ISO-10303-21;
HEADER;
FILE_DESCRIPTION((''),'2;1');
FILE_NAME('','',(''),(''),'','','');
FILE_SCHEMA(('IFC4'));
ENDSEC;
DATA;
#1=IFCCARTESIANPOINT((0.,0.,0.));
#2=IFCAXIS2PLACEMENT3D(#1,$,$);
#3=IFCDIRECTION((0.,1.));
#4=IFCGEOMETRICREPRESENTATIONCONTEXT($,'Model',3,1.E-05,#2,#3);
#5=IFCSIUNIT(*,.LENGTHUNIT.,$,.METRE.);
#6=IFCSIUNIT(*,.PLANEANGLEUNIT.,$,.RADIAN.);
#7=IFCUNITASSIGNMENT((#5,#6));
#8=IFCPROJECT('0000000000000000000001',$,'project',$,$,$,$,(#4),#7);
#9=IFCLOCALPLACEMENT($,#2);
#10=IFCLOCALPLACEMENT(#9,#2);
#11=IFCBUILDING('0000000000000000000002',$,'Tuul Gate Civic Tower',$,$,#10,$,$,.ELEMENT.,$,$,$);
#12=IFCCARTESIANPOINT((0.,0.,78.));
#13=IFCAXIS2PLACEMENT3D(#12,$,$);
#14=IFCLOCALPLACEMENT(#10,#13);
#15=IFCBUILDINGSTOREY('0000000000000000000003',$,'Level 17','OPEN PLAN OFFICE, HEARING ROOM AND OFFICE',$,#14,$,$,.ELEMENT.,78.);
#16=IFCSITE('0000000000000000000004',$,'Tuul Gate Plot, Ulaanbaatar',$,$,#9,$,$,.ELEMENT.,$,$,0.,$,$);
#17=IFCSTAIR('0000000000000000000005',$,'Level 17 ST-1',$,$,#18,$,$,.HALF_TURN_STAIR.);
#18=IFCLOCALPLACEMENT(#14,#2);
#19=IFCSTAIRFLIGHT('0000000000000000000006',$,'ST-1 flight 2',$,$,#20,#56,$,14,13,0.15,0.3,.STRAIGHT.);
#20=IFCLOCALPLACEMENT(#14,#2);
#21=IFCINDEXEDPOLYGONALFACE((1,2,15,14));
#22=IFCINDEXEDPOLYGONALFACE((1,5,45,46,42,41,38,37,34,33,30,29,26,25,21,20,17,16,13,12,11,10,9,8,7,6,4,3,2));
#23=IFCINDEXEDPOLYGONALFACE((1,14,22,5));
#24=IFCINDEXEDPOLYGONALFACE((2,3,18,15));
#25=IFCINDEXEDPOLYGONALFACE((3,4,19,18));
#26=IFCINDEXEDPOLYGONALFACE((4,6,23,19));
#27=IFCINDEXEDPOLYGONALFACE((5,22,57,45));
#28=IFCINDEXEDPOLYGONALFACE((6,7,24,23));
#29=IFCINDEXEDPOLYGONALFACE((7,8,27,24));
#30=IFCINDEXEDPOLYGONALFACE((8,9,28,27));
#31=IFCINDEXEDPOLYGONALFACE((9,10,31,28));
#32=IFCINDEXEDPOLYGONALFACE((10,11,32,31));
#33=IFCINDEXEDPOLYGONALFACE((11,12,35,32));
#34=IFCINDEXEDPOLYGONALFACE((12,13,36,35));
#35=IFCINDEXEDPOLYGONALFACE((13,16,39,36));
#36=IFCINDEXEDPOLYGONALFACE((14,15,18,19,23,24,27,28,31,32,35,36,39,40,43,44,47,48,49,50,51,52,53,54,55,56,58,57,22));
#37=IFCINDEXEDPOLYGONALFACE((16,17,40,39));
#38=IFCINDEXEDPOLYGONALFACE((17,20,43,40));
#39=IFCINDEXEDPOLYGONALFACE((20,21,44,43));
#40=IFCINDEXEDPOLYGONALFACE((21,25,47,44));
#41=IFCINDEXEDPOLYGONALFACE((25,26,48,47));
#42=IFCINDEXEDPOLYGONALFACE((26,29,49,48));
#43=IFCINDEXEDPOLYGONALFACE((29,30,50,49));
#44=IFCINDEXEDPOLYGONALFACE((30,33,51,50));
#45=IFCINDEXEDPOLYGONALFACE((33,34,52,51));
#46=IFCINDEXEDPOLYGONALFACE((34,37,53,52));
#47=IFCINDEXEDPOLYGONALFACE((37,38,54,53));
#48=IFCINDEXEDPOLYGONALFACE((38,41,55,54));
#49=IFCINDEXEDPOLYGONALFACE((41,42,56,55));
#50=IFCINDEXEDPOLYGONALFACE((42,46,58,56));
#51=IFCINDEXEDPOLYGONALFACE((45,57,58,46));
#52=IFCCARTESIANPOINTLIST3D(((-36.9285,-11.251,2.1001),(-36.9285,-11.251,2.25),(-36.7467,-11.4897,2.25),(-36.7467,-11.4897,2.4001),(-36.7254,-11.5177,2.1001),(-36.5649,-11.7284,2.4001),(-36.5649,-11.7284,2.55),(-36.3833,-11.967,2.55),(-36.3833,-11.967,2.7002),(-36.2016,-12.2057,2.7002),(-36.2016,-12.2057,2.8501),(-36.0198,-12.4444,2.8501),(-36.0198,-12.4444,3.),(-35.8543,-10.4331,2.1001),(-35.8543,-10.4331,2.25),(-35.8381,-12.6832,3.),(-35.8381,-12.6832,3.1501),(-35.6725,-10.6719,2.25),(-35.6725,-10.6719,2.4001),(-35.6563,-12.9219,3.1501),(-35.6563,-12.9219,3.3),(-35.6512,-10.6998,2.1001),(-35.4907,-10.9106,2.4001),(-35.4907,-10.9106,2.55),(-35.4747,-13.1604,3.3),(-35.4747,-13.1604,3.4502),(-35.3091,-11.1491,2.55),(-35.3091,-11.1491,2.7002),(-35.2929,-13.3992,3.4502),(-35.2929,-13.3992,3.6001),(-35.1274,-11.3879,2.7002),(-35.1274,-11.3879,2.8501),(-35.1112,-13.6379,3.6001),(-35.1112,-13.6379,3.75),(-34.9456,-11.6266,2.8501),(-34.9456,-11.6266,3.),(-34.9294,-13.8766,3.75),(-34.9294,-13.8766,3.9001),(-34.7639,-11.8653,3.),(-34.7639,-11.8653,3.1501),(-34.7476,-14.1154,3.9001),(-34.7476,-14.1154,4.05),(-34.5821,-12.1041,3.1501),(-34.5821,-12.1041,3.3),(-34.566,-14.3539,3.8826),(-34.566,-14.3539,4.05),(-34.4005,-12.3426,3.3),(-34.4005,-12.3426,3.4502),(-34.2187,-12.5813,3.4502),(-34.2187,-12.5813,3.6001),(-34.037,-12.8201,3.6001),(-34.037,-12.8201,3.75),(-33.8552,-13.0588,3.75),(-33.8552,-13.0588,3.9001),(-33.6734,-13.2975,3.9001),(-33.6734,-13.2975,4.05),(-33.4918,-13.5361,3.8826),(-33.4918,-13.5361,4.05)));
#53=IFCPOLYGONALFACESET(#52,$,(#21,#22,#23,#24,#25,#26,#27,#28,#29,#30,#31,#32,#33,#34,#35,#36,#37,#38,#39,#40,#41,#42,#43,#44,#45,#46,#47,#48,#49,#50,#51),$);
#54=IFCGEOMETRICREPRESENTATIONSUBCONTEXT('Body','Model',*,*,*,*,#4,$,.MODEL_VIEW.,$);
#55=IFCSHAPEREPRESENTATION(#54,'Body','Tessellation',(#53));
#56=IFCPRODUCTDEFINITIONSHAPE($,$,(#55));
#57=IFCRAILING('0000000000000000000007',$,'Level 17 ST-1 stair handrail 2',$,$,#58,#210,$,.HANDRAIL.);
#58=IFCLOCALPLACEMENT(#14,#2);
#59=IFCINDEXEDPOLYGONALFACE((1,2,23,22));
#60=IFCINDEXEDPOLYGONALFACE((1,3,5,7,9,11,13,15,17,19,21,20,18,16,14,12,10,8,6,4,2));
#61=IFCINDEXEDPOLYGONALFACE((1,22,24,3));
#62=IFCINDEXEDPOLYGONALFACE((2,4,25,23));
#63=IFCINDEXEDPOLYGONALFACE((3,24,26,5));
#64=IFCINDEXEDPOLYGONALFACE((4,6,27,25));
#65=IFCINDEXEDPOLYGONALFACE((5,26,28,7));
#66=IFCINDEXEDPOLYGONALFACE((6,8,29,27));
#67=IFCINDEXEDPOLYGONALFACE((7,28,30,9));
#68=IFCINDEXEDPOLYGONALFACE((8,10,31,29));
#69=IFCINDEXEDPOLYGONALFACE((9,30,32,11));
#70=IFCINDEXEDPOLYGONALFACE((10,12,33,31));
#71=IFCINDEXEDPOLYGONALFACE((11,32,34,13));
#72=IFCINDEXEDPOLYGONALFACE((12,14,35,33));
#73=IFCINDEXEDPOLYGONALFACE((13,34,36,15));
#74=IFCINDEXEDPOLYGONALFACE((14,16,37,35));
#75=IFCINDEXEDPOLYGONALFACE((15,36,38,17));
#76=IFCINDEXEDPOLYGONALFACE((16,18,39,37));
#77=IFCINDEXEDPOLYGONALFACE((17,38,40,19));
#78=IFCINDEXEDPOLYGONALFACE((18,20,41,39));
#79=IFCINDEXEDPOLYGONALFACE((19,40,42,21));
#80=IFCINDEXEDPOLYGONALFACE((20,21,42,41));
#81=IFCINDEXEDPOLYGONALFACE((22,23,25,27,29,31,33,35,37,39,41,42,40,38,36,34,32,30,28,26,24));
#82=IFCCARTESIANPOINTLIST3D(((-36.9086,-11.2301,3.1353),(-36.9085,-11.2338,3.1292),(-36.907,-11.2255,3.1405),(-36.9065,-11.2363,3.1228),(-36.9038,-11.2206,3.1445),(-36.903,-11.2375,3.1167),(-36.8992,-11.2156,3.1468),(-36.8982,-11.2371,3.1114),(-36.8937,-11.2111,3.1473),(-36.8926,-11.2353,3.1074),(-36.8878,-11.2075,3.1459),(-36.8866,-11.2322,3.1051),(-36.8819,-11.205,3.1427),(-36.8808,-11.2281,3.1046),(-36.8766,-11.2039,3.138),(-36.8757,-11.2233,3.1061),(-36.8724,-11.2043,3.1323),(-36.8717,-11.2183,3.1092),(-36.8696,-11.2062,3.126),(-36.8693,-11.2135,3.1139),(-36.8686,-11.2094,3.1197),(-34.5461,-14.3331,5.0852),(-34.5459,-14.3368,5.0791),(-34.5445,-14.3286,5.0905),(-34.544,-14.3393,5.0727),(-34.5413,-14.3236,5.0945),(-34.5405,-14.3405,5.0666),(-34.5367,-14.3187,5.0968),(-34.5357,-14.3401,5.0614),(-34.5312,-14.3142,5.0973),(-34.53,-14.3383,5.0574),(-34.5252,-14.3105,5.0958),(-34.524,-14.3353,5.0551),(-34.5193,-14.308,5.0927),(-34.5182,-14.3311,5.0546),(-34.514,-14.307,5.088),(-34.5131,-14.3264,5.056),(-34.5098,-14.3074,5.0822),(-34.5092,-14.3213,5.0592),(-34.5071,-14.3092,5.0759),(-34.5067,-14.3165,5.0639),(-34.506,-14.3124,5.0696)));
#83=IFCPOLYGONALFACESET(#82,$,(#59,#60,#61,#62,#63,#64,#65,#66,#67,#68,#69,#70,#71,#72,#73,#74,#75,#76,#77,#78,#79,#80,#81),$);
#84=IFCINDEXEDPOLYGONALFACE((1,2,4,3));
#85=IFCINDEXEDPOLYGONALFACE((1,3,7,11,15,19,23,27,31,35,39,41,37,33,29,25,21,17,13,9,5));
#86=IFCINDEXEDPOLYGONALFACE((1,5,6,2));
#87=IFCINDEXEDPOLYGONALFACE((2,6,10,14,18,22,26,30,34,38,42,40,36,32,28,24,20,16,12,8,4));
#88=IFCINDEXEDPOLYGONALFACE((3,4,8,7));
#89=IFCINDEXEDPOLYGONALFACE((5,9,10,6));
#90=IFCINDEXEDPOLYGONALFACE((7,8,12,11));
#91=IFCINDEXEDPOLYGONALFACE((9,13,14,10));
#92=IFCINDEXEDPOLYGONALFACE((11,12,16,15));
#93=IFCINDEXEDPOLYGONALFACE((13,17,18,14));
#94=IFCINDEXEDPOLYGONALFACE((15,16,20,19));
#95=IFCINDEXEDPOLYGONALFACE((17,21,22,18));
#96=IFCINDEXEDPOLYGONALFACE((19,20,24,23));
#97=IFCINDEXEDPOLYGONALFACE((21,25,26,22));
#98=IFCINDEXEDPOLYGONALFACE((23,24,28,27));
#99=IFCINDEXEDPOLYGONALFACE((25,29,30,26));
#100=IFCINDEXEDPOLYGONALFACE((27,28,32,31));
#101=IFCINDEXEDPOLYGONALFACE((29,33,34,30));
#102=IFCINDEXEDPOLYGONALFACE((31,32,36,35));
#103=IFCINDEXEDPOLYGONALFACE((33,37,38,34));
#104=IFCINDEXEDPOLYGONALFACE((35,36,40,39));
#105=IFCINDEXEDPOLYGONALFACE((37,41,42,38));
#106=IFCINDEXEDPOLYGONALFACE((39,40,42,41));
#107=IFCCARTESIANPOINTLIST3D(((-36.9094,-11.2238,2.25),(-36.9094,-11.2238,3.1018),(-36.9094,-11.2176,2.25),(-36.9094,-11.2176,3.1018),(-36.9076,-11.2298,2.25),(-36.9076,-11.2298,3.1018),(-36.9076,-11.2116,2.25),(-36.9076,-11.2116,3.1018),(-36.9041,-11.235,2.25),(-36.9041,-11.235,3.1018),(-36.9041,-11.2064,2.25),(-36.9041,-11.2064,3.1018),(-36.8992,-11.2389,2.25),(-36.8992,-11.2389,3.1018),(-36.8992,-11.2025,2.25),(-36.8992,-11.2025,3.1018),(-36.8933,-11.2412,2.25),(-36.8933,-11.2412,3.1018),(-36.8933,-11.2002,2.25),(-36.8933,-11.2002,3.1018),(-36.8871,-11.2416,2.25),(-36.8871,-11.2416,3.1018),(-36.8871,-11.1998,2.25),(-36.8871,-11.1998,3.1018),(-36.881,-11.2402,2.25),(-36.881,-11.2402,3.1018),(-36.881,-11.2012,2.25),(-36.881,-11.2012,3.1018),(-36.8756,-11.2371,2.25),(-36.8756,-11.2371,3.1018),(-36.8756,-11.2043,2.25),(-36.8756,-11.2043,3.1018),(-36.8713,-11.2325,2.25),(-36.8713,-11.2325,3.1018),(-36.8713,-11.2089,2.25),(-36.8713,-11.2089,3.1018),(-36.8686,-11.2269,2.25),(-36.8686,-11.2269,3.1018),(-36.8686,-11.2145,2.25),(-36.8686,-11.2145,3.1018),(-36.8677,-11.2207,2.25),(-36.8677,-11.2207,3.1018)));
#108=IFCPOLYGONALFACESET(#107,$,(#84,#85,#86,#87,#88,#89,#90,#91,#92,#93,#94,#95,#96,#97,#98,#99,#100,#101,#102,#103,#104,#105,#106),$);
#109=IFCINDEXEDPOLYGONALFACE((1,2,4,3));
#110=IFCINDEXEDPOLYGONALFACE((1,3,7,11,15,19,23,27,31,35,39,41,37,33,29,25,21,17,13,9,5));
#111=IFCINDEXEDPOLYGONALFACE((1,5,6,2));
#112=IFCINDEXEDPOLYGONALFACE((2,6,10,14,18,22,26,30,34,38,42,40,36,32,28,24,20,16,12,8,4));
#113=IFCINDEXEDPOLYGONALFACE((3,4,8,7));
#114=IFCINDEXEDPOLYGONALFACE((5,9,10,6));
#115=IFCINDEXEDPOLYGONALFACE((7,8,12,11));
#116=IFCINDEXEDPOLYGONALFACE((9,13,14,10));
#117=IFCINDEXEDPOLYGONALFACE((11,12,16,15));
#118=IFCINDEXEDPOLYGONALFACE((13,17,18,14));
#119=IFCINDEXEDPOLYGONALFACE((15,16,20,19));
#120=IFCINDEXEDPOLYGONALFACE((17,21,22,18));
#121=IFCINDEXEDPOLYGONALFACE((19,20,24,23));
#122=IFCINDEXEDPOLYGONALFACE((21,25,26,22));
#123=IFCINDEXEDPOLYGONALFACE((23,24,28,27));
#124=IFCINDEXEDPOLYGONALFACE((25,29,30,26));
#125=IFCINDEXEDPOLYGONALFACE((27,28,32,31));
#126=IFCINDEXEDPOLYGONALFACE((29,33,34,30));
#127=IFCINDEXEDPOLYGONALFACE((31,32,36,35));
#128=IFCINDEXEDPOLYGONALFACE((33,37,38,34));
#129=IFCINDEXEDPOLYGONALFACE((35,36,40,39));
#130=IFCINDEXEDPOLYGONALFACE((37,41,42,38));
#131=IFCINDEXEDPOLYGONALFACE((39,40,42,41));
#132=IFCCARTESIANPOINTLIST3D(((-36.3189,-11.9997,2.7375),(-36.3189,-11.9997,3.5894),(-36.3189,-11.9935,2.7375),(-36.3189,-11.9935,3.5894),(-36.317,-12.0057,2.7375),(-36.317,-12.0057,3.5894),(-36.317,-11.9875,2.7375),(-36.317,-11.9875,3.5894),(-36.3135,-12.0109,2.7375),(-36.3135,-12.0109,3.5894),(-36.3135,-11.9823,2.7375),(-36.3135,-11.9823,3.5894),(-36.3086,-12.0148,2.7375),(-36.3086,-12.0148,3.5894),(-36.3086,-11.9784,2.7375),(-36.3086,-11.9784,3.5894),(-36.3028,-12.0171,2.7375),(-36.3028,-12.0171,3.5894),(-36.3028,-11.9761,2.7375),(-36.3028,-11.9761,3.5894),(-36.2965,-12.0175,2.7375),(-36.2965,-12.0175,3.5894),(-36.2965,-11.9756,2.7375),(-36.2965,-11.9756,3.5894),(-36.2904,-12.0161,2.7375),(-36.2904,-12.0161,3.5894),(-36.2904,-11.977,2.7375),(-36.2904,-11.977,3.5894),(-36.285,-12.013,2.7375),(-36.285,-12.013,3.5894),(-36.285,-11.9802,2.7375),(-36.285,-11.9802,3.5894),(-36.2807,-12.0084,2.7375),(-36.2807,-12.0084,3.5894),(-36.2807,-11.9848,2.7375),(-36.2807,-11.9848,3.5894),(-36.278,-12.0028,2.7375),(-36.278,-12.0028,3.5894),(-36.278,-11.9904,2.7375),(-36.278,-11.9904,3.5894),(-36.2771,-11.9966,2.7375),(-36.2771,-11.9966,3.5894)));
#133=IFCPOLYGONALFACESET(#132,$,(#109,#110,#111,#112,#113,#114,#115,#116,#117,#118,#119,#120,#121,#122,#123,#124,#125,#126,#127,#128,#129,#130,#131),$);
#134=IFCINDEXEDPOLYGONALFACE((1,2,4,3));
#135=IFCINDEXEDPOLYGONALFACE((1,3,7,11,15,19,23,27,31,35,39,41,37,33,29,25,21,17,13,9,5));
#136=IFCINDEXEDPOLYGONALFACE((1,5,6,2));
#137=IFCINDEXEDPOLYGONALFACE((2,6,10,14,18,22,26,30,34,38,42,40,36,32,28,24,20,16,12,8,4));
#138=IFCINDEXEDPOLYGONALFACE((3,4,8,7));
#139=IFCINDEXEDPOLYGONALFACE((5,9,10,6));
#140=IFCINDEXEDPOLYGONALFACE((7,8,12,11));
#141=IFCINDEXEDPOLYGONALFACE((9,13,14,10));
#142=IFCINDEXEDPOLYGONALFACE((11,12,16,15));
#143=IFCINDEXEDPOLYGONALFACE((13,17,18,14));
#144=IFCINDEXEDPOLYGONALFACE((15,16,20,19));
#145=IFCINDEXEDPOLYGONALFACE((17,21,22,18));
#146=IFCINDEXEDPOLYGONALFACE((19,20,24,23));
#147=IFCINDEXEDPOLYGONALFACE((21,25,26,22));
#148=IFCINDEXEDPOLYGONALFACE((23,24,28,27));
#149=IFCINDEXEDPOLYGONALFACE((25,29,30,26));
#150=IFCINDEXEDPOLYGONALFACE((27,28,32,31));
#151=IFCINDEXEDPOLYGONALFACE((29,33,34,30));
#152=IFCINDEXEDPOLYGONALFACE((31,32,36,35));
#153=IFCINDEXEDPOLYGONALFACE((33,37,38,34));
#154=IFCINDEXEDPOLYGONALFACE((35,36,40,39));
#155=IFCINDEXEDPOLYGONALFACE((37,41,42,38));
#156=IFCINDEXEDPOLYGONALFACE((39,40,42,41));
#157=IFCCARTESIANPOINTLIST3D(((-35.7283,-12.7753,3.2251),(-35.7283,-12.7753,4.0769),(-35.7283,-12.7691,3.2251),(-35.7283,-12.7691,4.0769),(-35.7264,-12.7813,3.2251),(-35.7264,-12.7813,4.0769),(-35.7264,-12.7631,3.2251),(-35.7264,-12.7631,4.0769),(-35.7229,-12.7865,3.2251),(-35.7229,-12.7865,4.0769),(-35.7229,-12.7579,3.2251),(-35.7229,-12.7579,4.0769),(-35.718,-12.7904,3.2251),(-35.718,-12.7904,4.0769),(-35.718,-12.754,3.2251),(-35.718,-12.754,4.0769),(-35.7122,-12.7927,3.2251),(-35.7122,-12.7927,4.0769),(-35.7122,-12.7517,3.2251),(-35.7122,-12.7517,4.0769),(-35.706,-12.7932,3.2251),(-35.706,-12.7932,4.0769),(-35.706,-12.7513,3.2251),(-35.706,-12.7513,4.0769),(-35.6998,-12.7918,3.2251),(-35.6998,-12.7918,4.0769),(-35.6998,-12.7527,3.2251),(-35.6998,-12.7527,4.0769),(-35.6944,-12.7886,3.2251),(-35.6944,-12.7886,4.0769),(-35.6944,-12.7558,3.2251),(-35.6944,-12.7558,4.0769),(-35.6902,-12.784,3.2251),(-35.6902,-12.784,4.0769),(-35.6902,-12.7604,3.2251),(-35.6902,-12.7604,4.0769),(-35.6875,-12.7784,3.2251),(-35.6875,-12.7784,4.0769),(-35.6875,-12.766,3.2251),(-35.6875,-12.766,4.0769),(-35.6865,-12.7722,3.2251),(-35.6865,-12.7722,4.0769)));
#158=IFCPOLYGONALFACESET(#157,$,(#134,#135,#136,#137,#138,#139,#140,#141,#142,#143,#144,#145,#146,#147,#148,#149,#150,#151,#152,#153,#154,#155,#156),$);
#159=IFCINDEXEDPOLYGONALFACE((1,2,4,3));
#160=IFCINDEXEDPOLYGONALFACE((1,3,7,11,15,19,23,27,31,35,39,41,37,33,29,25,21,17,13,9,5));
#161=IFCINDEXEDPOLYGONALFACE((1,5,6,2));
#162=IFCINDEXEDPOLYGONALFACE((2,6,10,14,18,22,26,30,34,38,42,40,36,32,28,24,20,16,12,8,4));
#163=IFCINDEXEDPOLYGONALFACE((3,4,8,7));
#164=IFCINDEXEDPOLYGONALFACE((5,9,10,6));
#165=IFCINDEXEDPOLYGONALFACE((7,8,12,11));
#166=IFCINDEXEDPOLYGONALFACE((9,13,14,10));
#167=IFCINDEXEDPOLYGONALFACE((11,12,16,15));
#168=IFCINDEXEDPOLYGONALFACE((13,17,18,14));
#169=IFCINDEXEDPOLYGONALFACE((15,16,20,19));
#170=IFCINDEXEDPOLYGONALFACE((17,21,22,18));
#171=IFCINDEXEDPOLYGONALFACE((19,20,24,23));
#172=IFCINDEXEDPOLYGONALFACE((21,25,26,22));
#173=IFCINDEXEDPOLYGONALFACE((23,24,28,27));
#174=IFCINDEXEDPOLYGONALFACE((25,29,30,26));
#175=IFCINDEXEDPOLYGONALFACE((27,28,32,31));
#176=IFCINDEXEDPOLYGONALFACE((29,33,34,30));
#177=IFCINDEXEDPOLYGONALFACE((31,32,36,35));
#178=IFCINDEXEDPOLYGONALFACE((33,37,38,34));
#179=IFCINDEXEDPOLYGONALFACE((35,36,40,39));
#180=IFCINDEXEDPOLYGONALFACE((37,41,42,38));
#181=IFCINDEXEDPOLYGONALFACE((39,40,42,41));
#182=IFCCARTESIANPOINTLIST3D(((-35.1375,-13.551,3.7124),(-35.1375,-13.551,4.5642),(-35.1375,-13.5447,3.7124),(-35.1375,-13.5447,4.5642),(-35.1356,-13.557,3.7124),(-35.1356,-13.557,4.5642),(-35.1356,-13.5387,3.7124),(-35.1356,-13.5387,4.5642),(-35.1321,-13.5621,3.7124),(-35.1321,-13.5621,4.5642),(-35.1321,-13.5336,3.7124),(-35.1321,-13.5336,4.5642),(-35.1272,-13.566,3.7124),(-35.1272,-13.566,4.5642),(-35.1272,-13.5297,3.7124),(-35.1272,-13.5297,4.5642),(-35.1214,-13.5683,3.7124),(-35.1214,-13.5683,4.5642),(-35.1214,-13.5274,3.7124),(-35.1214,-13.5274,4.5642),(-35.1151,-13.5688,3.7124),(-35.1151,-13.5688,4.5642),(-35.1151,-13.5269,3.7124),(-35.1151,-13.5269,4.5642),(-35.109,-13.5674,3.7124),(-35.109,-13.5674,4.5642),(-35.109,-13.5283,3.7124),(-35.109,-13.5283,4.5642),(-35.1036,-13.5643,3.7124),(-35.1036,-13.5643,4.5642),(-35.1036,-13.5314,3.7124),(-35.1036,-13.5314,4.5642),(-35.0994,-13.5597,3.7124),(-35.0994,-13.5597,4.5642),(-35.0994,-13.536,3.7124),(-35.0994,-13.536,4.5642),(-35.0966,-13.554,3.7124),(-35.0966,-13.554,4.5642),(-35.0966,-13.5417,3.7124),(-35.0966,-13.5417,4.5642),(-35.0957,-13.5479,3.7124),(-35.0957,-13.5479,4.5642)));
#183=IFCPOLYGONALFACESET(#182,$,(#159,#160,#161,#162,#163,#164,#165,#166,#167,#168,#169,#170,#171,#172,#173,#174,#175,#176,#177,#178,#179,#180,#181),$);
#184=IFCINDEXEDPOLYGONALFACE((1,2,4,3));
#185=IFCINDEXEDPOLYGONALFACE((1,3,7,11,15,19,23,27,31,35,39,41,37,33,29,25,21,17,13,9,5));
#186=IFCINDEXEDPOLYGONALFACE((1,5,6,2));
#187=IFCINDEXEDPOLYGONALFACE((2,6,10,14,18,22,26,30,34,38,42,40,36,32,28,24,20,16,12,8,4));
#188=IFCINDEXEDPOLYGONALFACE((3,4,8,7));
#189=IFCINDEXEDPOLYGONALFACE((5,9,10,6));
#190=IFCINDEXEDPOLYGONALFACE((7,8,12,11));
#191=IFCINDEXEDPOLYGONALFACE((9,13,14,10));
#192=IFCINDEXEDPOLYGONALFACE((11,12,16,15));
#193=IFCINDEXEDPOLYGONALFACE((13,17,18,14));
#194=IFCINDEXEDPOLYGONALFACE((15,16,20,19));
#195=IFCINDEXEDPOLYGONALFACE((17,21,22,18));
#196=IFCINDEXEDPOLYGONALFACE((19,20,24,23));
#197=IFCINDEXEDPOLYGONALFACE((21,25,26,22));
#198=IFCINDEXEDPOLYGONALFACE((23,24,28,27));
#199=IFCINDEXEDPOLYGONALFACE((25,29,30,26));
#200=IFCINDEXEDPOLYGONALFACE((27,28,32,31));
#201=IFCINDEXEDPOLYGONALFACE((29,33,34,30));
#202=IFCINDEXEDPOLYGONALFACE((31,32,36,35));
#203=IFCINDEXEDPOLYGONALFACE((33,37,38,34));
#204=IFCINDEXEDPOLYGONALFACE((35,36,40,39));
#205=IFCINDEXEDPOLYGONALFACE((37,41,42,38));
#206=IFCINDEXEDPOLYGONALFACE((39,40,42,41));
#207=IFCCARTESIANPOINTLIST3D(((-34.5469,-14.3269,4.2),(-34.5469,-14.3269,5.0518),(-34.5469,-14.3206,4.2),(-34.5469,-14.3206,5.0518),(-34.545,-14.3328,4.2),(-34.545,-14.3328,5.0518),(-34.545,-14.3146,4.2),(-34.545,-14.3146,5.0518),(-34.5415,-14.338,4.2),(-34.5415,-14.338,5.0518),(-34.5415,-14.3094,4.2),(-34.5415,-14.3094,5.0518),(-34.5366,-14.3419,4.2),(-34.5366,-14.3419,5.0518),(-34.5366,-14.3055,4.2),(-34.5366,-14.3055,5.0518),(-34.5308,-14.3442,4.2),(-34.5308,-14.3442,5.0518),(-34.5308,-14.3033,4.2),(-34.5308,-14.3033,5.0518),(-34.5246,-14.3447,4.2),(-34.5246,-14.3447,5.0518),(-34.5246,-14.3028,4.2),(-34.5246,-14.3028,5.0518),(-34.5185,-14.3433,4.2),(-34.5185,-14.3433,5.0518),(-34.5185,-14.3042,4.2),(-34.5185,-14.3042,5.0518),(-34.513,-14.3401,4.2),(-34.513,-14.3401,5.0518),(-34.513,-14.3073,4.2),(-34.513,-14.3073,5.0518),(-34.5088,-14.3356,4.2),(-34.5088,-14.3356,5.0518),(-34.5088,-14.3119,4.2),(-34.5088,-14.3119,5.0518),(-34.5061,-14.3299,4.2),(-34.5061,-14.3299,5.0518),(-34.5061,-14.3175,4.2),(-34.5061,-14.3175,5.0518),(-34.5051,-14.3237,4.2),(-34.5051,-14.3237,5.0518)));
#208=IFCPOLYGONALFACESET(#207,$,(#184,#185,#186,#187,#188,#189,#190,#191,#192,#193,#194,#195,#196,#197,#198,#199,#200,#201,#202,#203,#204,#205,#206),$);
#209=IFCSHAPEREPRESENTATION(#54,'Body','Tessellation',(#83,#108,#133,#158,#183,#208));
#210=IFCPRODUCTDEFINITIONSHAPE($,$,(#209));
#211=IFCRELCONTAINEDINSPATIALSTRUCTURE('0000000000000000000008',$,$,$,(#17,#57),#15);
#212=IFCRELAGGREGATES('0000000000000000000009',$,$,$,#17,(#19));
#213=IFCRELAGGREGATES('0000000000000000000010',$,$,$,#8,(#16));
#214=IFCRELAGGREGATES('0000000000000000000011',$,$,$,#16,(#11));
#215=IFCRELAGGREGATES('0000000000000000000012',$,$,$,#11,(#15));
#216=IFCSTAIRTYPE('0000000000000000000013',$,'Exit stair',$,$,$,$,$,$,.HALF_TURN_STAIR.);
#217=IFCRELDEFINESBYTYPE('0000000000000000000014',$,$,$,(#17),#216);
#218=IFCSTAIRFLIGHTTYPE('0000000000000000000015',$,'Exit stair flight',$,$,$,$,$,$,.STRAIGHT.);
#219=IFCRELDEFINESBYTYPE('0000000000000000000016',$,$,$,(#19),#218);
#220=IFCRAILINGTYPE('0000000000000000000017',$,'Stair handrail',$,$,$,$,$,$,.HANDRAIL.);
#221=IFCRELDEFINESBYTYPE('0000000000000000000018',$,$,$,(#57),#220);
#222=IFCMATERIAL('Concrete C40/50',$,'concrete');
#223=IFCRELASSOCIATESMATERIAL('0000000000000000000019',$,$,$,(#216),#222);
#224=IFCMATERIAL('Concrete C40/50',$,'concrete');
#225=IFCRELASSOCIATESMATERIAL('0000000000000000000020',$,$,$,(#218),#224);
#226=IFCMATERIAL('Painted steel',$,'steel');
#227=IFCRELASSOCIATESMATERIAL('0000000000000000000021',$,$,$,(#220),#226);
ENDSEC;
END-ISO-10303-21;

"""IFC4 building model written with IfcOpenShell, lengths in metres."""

from ifc_helpers import new_model, si_unit, direction, frame, origin, origin_2d, place, context, subcontext, project, spatial, polyline, circle, outline, extrude, material, type_object, element, aggregate, save


model = new_model("IFC4")

# Units and contexts
model_context = context("Model", 3, precision=1e-05, world=origin(), true_north=direction((0.0, 1.0)))
body_context = subcontext(model_context, "Body", "Model", "MODEL_VIEW")
ifc_project = project(units=[si_unit("LENGTHUNIT", "METRE"), si_unit("PLANEANGLEUNIT", "RADIAN")], contexts=[model_context])

# Site, building, storey
site_placement = place(None, origin())
site = spatial("IfcSite", under=ifc_project, at=site_placement, Name="Tuul Gate Plot, Ulaanbaatar", CompositionType="ELEMENT", RefElevation=0.0)
building_placement = place(site_placement, origin())
building = spatial("IfcBuilding", under=site, at=building_placement, Name="Tuul Gate Civic Tower", CompositionType="ELEMENT")
storey_placement = place(building_placement, frame((0.0, 0.0, 78.0)))
storey = spatial("IfcBuildingStorey", under=building, at=storey_placement, Name="Level 17", Description="OPEN PLAN OFFICE, HEARING ROOM AND OFFICE", CompositionType="ELEMENT", Elevation=78.0)

# Stair, stair flight
ifc_material_1 = material(Name="Concrete C40/50", Category="concrete")
stair_type = type_object("IfcStairType", Name="Exit stair", PredefinedType="HALF_TURN_STAIR", material=ifc_material_1)
stair_placement = place(storey_placement, origin())
stair = element("IfcStair", 1, at=stair_placement, inside=storey, type_object=stair_type, Name="Level 17 ST-1", PredefinedType="HALF_TURN_STAIR")
ifc_material_2 = material(Name="Concrete C40/50", Category="concrete")
stair_flight_type = type_object("IfcStairFlightType", Name="Exit stair flight", PredefinedType="STRAIGHT", material=ifc_material_2)
stair_flight_placement = place(storey_placement, frame((-36.3914, -10.842, 2.1001), z_axis=(0.0, 0.0, 1.0), x_axis=(0.605764, -0.795644, 0.0)))
stair_flight = element("IfcStairFlight", 2, at=stair_flight_placement, type_object=stair_flight_type, Name="ST-1 flight 2", NumberOfRisers=14, NumberOfTreads=13, PredefinedType="STRAIGHT", RiserHeight=0.15, TreadLength=0.3, context=body_context, shape_type="SweptSolid", body=[
    extrude(outline(polyline([(0.0, 0.0), (0.0, 0.1499), (0.3, 0.1499), (0.3, 0.3), (0.6001, 0.3), (0.6001, 0.45), (0.8999, 0.45), (0.8999, 0.6001), (1.2, 0.6001), (1.2, 0.75), (1.5, 0.75), (1.5, 0.8999), (1.8, 0.8999), (1.8, 1.05), (2.1001, 1.05), (2.1001, 1.2), (2.3999, 1.2), (2.3999, 1.3501), (2.7, 1.3501), (2.7, 1.5), (3.0, 1.5), (3.0, 1.6499), (3.3, 1.6499), (3.3, 1.8), (3.6001, 1.8), (3.6001, 1.95), (3.8999, 1.95), (3.8999, 2.1001), (3.8999, 1.7825), (0.3352, 0.0), (0.0, 0.0)])), frame((0.0, 0.675, 0.0), z_axis=(0.0, -1.0, 0.0), x_axis=(1.0, 0.0, 0.0)), (0.0, 0.0, 1.0), 1.3501),
])
aggregate(stair, [stair_flight])

# Railing
ifc_material_3 = material(Name="Painted steel", Category="steel")
railing_type = type_object("IfcRailingType", Name="Stair handrail", PredefinedType="HANDRAIL", material=ifc_material_3)
railing_placement = place(storey_placement, frame((-36.8887, -11.2207, 2.25)))
element("IfcRailing", 3, at=railing_placement, inside=storey, type_object=railing_type, Name="Level 17 ST-1 stair handrail 2", PredefinedType="HANDRAIL", context=body_context, shape_type="SweptSolid", body=[
    extrude(circle(Radius=0.0239, at=origin_2d()), frame((0.0, 0.0, 0.876), z_axis=(0.541824, -0.711645, 0.4472), x_axis=(0.795637, 0.605773, 0.0)), (0.0, 0.0, 1.0), 4.3604),
    extrude(circle(Radius=0.021, at=origin_2d()), origin(), (0.0, 0.0, 1.0), 0.8518),
    extrude(circle(Radius=0.021, at=origin_2d()), frame((0.5906, -0.7759, 0.4875)), (0.0, 0.0, 1.0), 0.8518),
    extrude(circle(Radius=0.021, at=origin_2d()), frame((1.1812, -1.5515, 0.9751)), (0.0, 0.0, 1.0), 0.8518),
    extrude(circle(Radius=0.021, at=origin_2d()), frame((1.772, -2.3271, 1.4624)), (0.0, 0.0, 1.0), 0.8518),
    extrude(circle(Radius=0.021, at=origin_2d()), frame((2.3625, -3.103, 1.95)), (0.0, 0.0, 1.0), 0.8518),
])

save(model, "model.ifc")
